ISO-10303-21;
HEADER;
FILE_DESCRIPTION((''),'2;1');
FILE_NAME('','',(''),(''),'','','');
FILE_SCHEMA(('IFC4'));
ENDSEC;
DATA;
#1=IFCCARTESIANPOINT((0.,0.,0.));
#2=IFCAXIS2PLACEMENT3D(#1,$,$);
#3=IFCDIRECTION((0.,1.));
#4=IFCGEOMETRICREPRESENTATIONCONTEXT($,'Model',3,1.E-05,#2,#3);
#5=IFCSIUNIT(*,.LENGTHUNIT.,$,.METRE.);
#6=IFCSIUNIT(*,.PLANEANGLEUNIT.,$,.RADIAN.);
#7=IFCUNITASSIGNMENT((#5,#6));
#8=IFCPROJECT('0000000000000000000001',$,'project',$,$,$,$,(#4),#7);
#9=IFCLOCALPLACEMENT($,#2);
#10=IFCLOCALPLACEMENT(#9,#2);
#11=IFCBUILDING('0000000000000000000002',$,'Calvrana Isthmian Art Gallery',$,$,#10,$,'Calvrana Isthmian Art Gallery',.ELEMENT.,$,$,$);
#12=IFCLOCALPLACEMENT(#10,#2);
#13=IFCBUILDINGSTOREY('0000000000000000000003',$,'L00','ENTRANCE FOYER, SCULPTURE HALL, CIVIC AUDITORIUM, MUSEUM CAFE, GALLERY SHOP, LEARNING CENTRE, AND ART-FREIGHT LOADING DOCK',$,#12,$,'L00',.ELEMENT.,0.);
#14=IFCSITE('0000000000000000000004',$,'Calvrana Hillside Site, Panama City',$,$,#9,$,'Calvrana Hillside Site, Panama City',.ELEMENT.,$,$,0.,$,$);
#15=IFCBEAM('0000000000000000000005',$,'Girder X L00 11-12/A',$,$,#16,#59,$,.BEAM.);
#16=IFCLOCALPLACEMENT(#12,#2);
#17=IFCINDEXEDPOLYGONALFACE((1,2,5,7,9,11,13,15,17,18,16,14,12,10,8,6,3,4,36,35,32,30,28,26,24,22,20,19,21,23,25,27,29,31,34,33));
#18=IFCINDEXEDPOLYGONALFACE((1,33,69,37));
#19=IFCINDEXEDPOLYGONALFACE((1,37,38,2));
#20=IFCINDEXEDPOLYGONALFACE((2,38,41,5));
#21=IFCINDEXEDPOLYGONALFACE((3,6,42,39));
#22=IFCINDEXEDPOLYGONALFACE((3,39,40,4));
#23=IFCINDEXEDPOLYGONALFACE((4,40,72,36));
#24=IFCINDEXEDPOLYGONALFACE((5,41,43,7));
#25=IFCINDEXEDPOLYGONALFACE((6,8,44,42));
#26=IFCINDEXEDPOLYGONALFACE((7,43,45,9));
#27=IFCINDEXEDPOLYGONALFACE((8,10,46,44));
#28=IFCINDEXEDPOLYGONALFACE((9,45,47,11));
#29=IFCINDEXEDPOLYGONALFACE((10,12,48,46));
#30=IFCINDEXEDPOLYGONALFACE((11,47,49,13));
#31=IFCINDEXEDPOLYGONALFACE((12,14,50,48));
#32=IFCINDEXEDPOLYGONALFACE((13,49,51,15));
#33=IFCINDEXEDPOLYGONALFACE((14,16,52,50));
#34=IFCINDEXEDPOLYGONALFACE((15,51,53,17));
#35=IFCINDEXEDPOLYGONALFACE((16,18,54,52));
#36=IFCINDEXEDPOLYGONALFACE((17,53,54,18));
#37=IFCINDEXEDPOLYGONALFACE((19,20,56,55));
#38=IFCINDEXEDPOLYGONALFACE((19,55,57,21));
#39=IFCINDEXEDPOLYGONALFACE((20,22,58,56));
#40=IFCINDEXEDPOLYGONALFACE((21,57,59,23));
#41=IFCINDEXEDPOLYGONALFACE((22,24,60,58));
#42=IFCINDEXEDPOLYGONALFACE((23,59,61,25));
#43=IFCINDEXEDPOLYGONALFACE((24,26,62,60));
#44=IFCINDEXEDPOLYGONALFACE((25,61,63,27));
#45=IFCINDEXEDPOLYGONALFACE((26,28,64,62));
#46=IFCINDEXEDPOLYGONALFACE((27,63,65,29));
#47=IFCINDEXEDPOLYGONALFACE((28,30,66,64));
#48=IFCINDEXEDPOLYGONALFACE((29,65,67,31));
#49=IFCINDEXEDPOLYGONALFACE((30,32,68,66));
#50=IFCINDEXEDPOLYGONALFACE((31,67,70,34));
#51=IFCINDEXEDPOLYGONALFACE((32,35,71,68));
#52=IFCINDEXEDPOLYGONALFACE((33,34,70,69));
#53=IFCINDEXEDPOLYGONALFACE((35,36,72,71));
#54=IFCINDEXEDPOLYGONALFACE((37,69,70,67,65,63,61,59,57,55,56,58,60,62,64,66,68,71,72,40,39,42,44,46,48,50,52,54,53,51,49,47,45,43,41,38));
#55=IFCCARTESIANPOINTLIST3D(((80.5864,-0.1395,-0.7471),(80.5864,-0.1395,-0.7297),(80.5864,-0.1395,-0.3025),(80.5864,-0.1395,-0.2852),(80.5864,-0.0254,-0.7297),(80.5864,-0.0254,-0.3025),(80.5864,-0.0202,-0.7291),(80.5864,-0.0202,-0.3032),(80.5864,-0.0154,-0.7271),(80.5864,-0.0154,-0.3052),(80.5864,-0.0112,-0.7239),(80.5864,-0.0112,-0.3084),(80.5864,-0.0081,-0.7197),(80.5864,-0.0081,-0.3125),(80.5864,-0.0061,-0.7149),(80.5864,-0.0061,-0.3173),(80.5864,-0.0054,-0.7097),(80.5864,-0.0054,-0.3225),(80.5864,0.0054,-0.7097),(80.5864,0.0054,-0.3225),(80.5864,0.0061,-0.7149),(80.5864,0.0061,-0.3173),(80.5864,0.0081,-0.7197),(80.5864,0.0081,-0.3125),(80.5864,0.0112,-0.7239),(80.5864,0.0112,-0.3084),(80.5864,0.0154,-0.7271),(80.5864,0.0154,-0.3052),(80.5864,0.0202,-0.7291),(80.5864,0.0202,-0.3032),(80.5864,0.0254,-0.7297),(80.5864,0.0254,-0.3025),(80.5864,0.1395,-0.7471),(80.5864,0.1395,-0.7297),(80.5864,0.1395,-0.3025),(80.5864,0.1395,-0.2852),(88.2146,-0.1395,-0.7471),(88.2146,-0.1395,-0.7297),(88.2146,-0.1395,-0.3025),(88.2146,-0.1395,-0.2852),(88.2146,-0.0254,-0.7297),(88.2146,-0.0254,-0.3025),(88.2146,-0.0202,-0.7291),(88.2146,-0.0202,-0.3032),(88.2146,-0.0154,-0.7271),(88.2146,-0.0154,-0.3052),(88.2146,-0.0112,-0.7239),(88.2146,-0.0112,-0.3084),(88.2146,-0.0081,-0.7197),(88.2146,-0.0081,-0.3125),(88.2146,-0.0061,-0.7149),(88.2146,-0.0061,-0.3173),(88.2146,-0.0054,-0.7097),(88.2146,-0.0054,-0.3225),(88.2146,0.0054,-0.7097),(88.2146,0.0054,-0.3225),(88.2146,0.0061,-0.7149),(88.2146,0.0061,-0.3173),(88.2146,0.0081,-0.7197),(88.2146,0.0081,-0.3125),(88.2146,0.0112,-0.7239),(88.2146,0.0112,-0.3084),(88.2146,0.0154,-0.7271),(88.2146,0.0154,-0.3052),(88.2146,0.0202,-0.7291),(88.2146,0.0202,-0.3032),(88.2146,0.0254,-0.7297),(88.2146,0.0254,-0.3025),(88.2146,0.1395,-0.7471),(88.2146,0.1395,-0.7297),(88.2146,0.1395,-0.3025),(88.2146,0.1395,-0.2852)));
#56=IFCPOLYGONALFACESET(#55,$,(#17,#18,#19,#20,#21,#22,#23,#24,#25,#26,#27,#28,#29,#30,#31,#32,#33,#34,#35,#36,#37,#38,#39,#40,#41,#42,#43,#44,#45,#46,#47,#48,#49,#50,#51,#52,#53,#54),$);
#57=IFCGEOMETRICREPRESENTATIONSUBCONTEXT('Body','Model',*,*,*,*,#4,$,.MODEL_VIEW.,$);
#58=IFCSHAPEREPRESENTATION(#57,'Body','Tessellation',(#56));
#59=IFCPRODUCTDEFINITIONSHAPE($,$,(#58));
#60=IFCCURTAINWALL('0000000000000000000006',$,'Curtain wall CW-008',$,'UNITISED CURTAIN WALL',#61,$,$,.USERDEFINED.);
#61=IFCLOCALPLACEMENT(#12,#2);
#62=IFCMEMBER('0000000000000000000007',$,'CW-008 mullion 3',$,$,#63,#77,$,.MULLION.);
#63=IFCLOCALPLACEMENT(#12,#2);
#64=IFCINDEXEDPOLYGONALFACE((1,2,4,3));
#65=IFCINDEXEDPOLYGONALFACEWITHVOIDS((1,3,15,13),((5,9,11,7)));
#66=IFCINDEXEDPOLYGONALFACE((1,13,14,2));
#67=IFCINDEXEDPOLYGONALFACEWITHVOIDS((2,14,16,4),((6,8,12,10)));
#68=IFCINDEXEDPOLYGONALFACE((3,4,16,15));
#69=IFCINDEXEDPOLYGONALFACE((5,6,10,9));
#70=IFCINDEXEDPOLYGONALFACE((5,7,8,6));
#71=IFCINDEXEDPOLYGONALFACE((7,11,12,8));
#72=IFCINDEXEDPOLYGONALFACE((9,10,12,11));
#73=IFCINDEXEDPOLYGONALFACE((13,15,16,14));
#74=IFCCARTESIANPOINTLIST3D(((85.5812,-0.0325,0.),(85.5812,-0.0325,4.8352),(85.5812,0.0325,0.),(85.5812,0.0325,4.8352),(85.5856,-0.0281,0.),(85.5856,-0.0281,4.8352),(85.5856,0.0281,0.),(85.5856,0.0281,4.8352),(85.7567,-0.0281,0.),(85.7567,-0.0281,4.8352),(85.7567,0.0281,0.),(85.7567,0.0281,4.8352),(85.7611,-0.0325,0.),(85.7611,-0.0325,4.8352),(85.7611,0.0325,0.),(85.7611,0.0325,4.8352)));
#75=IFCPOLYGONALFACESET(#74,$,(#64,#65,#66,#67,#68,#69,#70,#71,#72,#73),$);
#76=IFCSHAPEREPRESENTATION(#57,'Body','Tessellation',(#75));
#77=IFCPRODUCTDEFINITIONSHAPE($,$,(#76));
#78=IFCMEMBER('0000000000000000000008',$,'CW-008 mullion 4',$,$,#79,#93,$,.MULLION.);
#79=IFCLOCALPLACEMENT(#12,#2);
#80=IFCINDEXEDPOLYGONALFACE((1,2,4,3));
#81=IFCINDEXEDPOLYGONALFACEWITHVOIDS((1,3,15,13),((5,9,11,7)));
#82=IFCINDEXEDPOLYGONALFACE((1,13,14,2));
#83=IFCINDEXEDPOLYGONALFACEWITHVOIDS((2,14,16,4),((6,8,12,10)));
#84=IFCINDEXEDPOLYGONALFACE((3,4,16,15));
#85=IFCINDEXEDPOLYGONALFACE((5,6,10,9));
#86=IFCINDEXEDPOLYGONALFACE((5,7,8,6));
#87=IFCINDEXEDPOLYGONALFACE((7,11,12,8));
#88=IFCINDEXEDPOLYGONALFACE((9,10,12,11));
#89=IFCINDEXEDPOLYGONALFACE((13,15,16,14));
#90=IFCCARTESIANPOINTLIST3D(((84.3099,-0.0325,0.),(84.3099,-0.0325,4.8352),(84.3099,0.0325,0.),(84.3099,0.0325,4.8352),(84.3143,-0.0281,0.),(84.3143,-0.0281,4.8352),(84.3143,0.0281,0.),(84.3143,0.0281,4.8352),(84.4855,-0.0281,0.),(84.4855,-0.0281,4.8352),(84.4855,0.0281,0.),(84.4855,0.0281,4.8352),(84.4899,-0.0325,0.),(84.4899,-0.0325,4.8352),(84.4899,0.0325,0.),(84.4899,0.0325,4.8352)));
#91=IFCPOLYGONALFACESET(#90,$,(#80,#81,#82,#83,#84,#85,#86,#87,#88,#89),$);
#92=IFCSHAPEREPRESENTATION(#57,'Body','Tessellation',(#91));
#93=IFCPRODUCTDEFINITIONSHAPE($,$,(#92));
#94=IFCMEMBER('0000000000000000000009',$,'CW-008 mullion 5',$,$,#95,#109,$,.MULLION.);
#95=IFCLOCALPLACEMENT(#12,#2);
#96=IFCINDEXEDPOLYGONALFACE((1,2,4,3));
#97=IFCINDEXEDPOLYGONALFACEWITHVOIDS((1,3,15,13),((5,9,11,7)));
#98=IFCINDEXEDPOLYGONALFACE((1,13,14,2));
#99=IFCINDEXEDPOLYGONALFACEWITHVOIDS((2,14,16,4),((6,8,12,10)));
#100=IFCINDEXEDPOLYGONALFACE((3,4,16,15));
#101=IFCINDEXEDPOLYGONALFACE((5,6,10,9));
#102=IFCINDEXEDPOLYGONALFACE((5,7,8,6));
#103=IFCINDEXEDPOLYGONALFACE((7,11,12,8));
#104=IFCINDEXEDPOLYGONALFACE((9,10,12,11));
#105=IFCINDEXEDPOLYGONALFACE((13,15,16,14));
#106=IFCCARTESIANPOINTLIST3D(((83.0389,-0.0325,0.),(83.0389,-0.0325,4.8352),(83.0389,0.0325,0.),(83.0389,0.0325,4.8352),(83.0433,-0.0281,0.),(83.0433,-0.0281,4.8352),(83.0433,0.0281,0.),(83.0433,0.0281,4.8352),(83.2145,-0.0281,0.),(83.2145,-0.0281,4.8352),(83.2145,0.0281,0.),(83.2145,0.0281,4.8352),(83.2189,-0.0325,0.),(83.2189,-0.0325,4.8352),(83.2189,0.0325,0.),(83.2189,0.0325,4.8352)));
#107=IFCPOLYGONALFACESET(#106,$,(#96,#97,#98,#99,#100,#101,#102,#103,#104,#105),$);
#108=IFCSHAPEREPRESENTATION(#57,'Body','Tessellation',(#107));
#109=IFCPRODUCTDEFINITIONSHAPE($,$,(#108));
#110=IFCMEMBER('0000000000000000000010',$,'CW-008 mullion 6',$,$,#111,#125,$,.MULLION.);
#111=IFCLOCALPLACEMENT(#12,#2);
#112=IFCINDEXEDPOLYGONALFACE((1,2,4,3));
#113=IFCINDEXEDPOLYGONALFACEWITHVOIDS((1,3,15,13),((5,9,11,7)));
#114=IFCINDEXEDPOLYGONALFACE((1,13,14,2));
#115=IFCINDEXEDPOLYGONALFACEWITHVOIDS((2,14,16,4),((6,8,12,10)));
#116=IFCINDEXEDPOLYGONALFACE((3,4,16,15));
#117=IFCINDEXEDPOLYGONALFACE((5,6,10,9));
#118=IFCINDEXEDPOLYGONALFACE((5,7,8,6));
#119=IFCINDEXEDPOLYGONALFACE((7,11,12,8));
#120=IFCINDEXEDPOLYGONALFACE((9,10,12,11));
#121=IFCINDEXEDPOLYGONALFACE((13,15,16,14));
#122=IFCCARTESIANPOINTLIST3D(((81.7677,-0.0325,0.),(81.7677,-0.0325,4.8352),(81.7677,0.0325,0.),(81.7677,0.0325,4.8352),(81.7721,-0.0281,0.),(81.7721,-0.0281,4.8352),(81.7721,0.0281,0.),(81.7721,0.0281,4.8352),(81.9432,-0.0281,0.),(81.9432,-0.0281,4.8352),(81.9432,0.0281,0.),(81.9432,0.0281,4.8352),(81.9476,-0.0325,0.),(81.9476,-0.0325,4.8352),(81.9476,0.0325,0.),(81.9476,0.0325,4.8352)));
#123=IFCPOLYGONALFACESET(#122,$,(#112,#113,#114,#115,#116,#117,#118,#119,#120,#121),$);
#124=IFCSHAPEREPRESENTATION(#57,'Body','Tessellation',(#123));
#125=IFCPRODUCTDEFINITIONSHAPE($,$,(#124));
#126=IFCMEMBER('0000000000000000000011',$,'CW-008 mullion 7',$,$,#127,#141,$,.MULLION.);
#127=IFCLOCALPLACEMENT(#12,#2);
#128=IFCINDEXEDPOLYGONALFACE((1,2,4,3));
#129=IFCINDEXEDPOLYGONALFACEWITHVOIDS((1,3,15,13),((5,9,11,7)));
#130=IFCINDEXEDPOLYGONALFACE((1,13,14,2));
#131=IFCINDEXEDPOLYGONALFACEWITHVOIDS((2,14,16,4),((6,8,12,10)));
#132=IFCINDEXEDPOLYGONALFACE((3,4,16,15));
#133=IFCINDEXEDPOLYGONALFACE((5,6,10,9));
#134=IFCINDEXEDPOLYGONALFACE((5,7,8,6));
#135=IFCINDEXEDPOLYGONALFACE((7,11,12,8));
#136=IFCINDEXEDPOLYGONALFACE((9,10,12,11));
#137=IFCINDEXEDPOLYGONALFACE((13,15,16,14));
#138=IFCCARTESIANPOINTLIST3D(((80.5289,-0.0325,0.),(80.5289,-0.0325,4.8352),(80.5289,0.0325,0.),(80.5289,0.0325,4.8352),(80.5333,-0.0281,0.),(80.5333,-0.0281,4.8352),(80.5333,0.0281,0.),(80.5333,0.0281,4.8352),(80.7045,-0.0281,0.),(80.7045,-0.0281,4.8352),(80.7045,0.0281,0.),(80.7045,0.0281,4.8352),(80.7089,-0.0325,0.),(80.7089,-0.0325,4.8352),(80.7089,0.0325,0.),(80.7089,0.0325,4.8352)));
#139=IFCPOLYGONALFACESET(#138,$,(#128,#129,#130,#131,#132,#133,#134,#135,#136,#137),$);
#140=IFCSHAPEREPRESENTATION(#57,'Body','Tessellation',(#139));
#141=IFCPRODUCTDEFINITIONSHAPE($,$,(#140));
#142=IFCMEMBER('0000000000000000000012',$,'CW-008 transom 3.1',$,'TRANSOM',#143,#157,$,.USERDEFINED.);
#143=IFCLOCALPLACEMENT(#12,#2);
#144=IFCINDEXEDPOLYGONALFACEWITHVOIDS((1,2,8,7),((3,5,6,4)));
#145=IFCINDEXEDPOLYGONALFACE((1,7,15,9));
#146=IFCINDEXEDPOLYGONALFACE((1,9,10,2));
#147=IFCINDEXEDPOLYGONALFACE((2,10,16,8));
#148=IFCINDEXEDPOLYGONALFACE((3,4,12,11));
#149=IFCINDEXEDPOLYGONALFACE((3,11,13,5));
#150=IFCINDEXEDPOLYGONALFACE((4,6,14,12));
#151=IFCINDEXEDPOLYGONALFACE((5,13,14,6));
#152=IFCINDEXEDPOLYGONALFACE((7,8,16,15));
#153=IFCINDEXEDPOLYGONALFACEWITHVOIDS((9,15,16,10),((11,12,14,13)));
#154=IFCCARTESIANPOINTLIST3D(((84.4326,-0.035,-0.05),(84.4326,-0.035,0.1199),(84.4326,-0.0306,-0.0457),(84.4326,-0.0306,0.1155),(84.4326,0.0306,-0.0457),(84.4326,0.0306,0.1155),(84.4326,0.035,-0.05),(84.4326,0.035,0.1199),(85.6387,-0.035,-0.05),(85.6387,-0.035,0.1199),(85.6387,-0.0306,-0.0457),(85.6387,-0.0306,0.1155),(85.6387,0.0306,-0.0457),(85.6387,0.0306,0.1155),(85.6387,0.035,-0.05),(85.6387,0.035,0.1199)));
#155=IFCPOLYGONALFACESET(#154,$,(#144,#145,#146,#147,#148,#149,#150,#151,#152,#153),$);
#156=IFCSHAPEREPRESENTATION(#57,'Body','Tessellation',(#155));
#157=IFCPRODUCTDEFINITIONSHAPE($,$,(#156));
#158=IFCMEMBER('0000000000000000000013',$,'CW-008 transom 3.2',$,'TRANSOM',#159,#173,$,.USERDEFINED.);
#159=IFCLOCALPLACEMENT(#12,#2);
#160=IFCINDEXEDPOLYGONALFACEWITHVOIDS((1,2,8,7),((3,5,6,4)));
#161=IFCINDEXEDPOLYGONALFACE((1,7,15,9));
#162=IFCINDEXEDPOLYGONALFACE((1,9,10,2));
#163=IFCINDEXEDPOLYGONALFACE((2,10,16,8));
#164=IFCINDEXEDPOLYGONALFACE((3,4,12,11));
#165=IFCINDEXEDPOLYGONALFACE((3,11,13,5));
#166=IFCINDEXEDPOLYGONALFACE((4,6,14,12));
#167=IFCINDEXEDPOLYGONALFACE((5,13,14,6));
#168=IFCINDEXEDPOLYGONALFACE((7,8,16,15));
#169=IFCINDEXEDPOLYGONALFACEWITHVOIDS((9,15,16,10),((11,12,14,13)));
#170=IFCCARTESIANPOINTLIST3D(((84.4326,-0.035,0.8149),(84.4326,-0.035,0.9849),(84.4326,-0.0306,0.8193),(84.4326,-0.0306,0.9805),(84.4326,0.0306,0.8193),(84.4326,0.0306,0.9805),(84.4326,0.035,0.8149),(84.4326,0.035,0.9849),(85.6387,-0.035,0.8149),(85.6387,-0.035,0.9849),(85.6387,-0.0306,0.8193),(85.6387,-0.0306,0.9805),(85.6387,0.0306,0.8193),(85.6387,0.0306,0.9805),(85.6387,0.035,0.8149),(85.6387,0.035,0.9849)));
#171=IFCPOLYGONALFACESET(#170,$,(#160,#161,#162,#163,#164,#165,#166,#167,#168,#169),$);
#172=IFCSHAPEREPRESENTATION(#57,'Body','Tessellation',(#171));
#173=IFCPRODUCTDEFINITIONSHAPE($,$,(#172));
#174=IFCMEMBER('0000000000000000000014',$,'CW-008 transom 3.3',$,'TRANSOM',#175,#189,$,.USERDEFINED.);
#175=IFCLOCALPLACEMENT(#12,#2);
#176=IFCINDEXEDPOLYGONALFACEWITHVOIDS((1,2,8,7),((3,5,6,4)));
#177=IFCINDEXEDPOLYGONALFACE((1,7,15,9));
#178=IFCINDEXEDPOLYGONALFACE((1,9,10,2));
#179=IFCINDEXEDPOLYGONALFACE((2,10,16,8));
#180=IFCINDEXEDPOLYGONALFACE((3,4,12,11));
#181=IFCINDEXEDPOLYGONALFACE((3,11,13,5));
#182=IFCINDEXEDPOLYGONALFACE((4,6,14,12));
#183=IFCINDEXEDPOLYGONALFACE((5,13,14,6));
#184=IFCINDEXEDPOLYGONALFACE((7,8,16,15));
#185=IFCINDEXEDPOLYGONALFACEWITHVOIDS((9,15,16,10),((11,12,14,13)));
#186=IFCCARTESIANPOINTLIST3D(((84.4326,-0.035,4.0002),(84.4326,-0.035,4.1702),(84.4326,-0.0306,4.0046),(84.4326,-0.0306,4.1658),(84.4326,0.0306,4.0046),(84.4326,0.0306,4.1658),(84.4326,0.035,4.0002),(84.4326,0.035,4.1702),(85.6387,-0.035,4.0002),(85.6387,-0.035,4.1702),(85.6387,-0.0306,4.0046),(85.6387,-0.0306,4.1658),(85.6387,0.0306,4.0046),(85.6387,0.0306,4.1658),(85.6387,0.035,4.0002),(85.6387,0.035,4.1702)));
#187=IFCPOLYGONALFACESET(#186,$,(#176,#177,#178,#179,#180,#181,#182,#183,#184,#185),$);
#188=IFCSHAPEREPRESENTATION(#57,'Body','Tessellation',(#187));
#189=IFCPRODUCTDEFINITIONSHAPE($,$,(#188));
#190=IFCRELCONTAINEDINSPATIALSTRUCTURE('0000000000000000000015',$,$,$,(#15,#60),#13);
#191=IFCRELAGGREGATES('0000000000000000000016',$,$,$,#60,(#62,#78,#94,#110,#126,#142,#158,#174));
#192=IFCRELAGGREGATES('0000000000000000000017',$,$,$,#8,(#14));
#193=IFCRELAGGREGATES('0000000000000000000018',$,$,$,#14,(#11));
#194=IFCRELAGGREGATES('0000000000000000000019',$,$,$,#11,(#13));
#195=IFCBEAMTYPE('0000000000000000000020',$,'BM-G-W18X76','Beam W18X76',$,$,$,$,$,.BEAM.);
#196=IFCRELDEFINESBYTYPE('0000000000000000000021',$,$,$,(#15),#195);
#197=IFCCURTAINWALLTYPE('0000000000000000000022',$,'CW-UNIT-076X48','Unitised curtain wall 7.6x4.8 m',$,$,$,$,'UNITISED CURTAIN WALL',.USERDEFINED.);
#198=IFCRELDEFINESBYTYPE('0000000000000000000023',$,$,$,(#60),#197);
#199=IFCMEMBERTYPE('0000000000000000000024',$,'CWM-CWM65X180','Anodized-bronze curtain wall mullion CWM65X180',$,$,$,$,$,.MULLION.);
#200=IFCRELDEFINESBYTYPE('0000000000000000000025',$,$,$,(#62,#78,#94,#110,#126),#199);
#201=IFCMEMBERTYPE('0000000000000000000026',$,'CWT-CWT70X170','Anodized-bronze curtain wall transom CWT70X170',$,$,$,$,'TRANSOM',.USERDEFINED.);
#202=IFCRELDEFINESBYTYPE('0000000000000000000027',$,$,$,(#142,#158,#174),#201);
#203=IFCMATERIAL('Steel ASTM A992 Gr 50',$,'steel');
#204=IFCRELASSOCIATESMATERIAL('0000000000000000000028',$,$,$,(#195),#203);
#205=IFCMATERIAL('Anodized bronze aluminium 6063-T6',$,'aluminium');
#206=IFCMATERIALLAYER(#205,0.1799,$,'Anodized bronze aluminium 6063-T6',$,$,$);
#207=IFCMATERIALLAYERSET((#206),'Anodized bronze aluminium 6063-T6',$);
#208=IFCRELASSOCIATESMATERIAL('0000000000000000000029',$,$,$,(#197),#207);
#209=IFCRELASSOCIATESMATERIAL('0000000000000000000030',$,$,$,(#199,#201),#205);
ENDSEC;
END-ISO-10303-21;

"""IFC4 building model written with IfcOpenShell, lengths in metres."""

from ifc_helpers import new_model, si_unit, direction, frame, origin, origin_2d, place, context, subcontext, project, spatial, hollow_rectangle, i_section, extrude, material, layer, layer_set, material_profile, profile_set, type_object, element, aggregate, save


model = new_model("IFC4")

# Units and contexts
model_context = context("Model", 3, precision=1e-05, world=origin(), true_north=direction((0.0, 1.0)))
body_context = subcontext(model_context, "Body", "Model", "MODEL_VIEW")
ifc_project = project(units=[si_unit("LENGTHUNIT", "METRE"), si_unit("PLANEANGLEUNIT", "RADIAN")], contexts=[model_context])

# Site, building, storey
site_placement = place(None, origin())
site = spatial("IfcSite", under=ifc_project, at=site_placement, Name="Calvrana Hillside Site, Panama City", LongName="Calvrana Hillside Site, Panama City", CompositionType="ELEMENT", RefElevation=0.0)
building_placement = place(site_placement, origin())
building = spatial("IfcBuilding", under=site, at=building_placement, Name="Calvrana Isthmian Art Gallery", LongName="Calvrana Isthmian Art Gallery", CompositionType="ELEMENT")
storey_placement = place(building_placement, origin())
storey = spatial("IfcBuildingStorey", under=building, at=storey_placement, Name="L00", Description="ENTRANCE FOYER, SCULPTURE HALL, CIVIC AUDITORIUM, MUSEUM CAFE, GALLERY SHOP, LEARNING CENTRE, AND ART-FREIGHT LOADING DOCK", LongName="L00", CompositionType="ELEMENT", Elevation=0.0)

# Beam
ifc_material_1 = material(Name="Steel ASTM A992 Gr 50", Category="steel")
ifc_material_profile_1 = material_profile(ifc_material_1, i_section(OverallWidth=0.2791, OverallDepth=0.4619, WebThickness=0.0107, FlangeThickness=0.0173, FilletRadius=0.02, at=origin_2d()), Name="W18X76")
ifc_profile_set_1 = profile_set([ifc_material_profile_1], Name="Steel ASTM A992 Gr 50")
beam_type = type_object("IfcBeamType", Name="BM-G-W18X76", Description="Beam W18X76", PredefinedType="BEAM", material=ifc_profile_set_1)
beam_placement = place(storey_placement, frame((80.5864, 0.0, -0.5161), z_axis=(1.0, 0.0, 0.0), x_axis=(0.0, 1.0, 0.0)))
element("IfcBeam", 1, at=beam_placement, inside=storey, type_object=beam_type, Name="Girder X L00 11-12/A", PredefinedType="BEAM", context=body_context, shape_type="SweptSolid", body=[
    extrude(i_section(OverallWidth=0.2791, OverallDepth=0.4619, WebThickness=0.0107, FlangeThickness=0.0173, FilletRadius=0.02, at=origin_2d()), origin(), (0.0, 0.0, 1.0), 7.6282),
])

# Curtain wall, members
ifc_material_2 = material(Name="Anodized bronze aluminium 6063-T6", Category="aluminium")
ifc_layer_1 = layer(ifc_material_2, 0.1799, Name="Anodized bronze aluminium 6063-T6")
ifc_layer_set_1 = layer_set([ifc_layer_1], Name="Anodized bronze aluminium 6063-T6")
curtain_wall_type = type_object("IfcCurtainWallType", Name="CW-UNIT-076X48", Description="Unitised curtain wall 7.6x4.8 m", ElementType="UNITISED CURTAIN WALL", PredefinedType="USERDEFINED", material=ifc_layer_set_1)
curtain_wall_placement = place(storey_placement, origin())
curtain_wall = element("IfcCurtainWall", 2, at=curtain_wall_placement, inside=storey, type_object=curtain_wall_type, Name="Curtain wall CW-008", ObjectType="UNITISED CURTAIN WALL", PredefinedType="USERDEFINED")
ifc_material_profile_2 = material_profile(ifc_material_2, hollow_rectangle(XDim=0.0649, YDim=0.1799, WallThickness=0.0044, at=origin_2d()), Name="CWM65X180")
ifc_profile_set_2 = profile_set([ifc_material_profile_2], Name="Anodized bronze aluminium 6063-T6")
member_type_1 = type_object("IfcMemberType", Name="CWM-CWM65X180", Description="Anodized-bronze curtain wall mullion CWM65X180", PredefinedType="MULLION", material=ifc_profile_set_2)
member_1_placement = place(storey_placement, frame((85.6711, 0.0, 0.0), z_axis=(0.0, 0.0, 1.0), x_axis=(0.0, -1.0, 0.0)))
member_1 = element("IfcMember", 3, at=member_1_placement, type_object=member_type_1, Name="CW-008 mullion 3", PredefinedType="MULLION", context=body_context, shape_type="SweptSolid", body=[
    extrude(hollow_rectangle(XDim=0.0649, YDim=0.1799, WallThickness=0.0044, at=origin_2d()), origin(), (0.0, 0.0, 1.0), 4.8352),
])
member_2_placement = place(storey_placement, frame((84.3999, 0.0, 0.0), z_axis=(0.0, 0.0, 1.0), x_axis=(0.0, -1.0, 0.0)))
member_2 = element("IfcMember", 4, at=member_2_placement, type_object=member_type_1, Name="CW-008 mullion 4", PredefinedType="MULLION", context=body_context, shape_type="SweptSolid", body=[
    extrude(hollow_rectangle(XDim=0.0649, YDim=0.1799, WallThickness=0.0044, at=origin_2d()), origin(), (0.0, 0.0, 1.0), 4.8352),
])
member_3_placement = place(storey_placement, frame((83.1289, 0.0, 0.0), z_axis=(0.0, 0.0, 1.0), x_axis=(0.0, -1.0, 0.0)))
member_3 = element("IfcMember", 5, at=member_3_placement, type_object=member_type_1, Name="CW-008 mullion 5", PredefinedType="MULLION", context=body_context, shape_type="SweptSolid", body=[
    extrude(hollow_rectangle(XDim=0.0649, YDim=0.1799, WallThickness=0.0044, at=origin_2d()), origin(), (0.0, 0.0, 1.0), 4.8352),
])
member_4_placement = place(storey_placement, frame((81.8577, 0.0, 0.0), z_axis=(0.0, 0.0, 1.0), x_axis=(0.0, -1.0, 0.0)))
member_4 = element("IfcMember", 6, at=member_4_placement, type_object=member_type_1, Name="CW-008 mullion 6", PredefinedType="MULLION", context=body_context, shape_type="SweptSolid", body=[
    extrude(hollow_rectangle(XDim=0.0649, YDim=0.1799, WallThickness=0.0044, at=origin_2d()), origin(), (0.0, 0.0, 1.0), 4.8352),
])
member_5_placement = place(storey_placement, frame((80.6189, 0.0, 0.0), z_axis=(0.0, 0.0, 1.0), x_axis=(0.0, -1.0, 0.0)))
member_5 = element("IfcMember", 7, at=member_5_placement, type_object=member_type_1, Name="CW-008 mullion 7", PredefinedType="MULLION", context=body_context, shape_type="SweptSolid", body=[
    extrude(hollow_rectangle(XDim=0.0649, YDim=0.1799, WallThickness=0.0044, at=origin_2d()), origin(), (0.0, 0.0, 1.0), 4.8352),
])
ifc_material_profile_3 = material_profile(ifc_material_2, hollow_rectangle(XDim=0.0701, YDim=0.1699, WallThickness=0.0044, at=origin_2d()), Name="CWT70X170")
ifc_profile_set_3 = profile_set([ifc_material_profile_3], Name="Anodized bronze aluminium 6063-T6")
member_type_2 = type_object("IfcMemberType", Name="CWT-CWT70X170", Description="Anodized-bronze curtain wall transom CWT70X170", ElementType="TRANSOM", PredefinedType="USERDEFINED", material=ifc_profile_set_3)
member_6_placement = place(storey_placement, frame((85.6387, 0.0, 0.0349), z_axis=(-1.0, 0.0, 0.0), x_axis=(0.0, -1.0, 0.0)))
member_6 = element("IfcMember", 8, at=member_6_placement, type_object=member_type_2, Name="CW-008 transom 3.1", ObjectType="TRANSOM", PredefinedType="USERDEFINED", context=body_context, shape_type="SweptSolid", body=[
    extrude(hollow_rectangle(XDim=0.0701, YDim=0.1699, WallThickness=0.0044, at=origin_2d()), origin(), (0.0, 0.0, 1.0), 1.2061),
])
member_7_placement = place(storey_placement, frame((85.6387, 0.0, 0.8999), z_axis=(-1.0, 0.0, 0.0), x_axis=(0.0, -1.0, 0.0)))
member_7 = element("IfcMember", 9, at=member_7_placement, type_object=member_type_2, Name="CW-008 transom 3.2", ObjectType="TRANSOM", PredefinedType="USERDEFINED", context=body_context, shape_type="SweptSolid", body=[
    extrude(hollow_rectangle(XDim=0.0701, YDim=0.1699, WallThickness=0.0044, at=origin_2d()), origin(), (0.0, 0.0, 1.0), 1.2061),
])
member_8_placement = place(storey_placement, frame((85.6387, 0.0, 4.0852), z_axis=(-1.0, 0.0, 0.0), x_axis=(0.0, -1.0, 0.0)))
member_8 = element("IfcMember", 10, at=member_8_placement, type_object=member_type_2, Name="CW-008 transom 3.3", ObjectType="TRANSOM", PredefinedType="USERDEFINED", context=body_context, shape_type="SweptSolid", body=[
    extrude(hollow_rectangle(XDim=0.0701, YDim=0.1699, WallThickness=0.0044, at=origin_2d()), origin(), (0.0, 0.0, 1.0), 1.2061),
])
aggregate(curtain_wall, [member_1, member_2, member_3, member_4, member_5, member_6, member_7, member_8])

save(model, "model.ifc")
